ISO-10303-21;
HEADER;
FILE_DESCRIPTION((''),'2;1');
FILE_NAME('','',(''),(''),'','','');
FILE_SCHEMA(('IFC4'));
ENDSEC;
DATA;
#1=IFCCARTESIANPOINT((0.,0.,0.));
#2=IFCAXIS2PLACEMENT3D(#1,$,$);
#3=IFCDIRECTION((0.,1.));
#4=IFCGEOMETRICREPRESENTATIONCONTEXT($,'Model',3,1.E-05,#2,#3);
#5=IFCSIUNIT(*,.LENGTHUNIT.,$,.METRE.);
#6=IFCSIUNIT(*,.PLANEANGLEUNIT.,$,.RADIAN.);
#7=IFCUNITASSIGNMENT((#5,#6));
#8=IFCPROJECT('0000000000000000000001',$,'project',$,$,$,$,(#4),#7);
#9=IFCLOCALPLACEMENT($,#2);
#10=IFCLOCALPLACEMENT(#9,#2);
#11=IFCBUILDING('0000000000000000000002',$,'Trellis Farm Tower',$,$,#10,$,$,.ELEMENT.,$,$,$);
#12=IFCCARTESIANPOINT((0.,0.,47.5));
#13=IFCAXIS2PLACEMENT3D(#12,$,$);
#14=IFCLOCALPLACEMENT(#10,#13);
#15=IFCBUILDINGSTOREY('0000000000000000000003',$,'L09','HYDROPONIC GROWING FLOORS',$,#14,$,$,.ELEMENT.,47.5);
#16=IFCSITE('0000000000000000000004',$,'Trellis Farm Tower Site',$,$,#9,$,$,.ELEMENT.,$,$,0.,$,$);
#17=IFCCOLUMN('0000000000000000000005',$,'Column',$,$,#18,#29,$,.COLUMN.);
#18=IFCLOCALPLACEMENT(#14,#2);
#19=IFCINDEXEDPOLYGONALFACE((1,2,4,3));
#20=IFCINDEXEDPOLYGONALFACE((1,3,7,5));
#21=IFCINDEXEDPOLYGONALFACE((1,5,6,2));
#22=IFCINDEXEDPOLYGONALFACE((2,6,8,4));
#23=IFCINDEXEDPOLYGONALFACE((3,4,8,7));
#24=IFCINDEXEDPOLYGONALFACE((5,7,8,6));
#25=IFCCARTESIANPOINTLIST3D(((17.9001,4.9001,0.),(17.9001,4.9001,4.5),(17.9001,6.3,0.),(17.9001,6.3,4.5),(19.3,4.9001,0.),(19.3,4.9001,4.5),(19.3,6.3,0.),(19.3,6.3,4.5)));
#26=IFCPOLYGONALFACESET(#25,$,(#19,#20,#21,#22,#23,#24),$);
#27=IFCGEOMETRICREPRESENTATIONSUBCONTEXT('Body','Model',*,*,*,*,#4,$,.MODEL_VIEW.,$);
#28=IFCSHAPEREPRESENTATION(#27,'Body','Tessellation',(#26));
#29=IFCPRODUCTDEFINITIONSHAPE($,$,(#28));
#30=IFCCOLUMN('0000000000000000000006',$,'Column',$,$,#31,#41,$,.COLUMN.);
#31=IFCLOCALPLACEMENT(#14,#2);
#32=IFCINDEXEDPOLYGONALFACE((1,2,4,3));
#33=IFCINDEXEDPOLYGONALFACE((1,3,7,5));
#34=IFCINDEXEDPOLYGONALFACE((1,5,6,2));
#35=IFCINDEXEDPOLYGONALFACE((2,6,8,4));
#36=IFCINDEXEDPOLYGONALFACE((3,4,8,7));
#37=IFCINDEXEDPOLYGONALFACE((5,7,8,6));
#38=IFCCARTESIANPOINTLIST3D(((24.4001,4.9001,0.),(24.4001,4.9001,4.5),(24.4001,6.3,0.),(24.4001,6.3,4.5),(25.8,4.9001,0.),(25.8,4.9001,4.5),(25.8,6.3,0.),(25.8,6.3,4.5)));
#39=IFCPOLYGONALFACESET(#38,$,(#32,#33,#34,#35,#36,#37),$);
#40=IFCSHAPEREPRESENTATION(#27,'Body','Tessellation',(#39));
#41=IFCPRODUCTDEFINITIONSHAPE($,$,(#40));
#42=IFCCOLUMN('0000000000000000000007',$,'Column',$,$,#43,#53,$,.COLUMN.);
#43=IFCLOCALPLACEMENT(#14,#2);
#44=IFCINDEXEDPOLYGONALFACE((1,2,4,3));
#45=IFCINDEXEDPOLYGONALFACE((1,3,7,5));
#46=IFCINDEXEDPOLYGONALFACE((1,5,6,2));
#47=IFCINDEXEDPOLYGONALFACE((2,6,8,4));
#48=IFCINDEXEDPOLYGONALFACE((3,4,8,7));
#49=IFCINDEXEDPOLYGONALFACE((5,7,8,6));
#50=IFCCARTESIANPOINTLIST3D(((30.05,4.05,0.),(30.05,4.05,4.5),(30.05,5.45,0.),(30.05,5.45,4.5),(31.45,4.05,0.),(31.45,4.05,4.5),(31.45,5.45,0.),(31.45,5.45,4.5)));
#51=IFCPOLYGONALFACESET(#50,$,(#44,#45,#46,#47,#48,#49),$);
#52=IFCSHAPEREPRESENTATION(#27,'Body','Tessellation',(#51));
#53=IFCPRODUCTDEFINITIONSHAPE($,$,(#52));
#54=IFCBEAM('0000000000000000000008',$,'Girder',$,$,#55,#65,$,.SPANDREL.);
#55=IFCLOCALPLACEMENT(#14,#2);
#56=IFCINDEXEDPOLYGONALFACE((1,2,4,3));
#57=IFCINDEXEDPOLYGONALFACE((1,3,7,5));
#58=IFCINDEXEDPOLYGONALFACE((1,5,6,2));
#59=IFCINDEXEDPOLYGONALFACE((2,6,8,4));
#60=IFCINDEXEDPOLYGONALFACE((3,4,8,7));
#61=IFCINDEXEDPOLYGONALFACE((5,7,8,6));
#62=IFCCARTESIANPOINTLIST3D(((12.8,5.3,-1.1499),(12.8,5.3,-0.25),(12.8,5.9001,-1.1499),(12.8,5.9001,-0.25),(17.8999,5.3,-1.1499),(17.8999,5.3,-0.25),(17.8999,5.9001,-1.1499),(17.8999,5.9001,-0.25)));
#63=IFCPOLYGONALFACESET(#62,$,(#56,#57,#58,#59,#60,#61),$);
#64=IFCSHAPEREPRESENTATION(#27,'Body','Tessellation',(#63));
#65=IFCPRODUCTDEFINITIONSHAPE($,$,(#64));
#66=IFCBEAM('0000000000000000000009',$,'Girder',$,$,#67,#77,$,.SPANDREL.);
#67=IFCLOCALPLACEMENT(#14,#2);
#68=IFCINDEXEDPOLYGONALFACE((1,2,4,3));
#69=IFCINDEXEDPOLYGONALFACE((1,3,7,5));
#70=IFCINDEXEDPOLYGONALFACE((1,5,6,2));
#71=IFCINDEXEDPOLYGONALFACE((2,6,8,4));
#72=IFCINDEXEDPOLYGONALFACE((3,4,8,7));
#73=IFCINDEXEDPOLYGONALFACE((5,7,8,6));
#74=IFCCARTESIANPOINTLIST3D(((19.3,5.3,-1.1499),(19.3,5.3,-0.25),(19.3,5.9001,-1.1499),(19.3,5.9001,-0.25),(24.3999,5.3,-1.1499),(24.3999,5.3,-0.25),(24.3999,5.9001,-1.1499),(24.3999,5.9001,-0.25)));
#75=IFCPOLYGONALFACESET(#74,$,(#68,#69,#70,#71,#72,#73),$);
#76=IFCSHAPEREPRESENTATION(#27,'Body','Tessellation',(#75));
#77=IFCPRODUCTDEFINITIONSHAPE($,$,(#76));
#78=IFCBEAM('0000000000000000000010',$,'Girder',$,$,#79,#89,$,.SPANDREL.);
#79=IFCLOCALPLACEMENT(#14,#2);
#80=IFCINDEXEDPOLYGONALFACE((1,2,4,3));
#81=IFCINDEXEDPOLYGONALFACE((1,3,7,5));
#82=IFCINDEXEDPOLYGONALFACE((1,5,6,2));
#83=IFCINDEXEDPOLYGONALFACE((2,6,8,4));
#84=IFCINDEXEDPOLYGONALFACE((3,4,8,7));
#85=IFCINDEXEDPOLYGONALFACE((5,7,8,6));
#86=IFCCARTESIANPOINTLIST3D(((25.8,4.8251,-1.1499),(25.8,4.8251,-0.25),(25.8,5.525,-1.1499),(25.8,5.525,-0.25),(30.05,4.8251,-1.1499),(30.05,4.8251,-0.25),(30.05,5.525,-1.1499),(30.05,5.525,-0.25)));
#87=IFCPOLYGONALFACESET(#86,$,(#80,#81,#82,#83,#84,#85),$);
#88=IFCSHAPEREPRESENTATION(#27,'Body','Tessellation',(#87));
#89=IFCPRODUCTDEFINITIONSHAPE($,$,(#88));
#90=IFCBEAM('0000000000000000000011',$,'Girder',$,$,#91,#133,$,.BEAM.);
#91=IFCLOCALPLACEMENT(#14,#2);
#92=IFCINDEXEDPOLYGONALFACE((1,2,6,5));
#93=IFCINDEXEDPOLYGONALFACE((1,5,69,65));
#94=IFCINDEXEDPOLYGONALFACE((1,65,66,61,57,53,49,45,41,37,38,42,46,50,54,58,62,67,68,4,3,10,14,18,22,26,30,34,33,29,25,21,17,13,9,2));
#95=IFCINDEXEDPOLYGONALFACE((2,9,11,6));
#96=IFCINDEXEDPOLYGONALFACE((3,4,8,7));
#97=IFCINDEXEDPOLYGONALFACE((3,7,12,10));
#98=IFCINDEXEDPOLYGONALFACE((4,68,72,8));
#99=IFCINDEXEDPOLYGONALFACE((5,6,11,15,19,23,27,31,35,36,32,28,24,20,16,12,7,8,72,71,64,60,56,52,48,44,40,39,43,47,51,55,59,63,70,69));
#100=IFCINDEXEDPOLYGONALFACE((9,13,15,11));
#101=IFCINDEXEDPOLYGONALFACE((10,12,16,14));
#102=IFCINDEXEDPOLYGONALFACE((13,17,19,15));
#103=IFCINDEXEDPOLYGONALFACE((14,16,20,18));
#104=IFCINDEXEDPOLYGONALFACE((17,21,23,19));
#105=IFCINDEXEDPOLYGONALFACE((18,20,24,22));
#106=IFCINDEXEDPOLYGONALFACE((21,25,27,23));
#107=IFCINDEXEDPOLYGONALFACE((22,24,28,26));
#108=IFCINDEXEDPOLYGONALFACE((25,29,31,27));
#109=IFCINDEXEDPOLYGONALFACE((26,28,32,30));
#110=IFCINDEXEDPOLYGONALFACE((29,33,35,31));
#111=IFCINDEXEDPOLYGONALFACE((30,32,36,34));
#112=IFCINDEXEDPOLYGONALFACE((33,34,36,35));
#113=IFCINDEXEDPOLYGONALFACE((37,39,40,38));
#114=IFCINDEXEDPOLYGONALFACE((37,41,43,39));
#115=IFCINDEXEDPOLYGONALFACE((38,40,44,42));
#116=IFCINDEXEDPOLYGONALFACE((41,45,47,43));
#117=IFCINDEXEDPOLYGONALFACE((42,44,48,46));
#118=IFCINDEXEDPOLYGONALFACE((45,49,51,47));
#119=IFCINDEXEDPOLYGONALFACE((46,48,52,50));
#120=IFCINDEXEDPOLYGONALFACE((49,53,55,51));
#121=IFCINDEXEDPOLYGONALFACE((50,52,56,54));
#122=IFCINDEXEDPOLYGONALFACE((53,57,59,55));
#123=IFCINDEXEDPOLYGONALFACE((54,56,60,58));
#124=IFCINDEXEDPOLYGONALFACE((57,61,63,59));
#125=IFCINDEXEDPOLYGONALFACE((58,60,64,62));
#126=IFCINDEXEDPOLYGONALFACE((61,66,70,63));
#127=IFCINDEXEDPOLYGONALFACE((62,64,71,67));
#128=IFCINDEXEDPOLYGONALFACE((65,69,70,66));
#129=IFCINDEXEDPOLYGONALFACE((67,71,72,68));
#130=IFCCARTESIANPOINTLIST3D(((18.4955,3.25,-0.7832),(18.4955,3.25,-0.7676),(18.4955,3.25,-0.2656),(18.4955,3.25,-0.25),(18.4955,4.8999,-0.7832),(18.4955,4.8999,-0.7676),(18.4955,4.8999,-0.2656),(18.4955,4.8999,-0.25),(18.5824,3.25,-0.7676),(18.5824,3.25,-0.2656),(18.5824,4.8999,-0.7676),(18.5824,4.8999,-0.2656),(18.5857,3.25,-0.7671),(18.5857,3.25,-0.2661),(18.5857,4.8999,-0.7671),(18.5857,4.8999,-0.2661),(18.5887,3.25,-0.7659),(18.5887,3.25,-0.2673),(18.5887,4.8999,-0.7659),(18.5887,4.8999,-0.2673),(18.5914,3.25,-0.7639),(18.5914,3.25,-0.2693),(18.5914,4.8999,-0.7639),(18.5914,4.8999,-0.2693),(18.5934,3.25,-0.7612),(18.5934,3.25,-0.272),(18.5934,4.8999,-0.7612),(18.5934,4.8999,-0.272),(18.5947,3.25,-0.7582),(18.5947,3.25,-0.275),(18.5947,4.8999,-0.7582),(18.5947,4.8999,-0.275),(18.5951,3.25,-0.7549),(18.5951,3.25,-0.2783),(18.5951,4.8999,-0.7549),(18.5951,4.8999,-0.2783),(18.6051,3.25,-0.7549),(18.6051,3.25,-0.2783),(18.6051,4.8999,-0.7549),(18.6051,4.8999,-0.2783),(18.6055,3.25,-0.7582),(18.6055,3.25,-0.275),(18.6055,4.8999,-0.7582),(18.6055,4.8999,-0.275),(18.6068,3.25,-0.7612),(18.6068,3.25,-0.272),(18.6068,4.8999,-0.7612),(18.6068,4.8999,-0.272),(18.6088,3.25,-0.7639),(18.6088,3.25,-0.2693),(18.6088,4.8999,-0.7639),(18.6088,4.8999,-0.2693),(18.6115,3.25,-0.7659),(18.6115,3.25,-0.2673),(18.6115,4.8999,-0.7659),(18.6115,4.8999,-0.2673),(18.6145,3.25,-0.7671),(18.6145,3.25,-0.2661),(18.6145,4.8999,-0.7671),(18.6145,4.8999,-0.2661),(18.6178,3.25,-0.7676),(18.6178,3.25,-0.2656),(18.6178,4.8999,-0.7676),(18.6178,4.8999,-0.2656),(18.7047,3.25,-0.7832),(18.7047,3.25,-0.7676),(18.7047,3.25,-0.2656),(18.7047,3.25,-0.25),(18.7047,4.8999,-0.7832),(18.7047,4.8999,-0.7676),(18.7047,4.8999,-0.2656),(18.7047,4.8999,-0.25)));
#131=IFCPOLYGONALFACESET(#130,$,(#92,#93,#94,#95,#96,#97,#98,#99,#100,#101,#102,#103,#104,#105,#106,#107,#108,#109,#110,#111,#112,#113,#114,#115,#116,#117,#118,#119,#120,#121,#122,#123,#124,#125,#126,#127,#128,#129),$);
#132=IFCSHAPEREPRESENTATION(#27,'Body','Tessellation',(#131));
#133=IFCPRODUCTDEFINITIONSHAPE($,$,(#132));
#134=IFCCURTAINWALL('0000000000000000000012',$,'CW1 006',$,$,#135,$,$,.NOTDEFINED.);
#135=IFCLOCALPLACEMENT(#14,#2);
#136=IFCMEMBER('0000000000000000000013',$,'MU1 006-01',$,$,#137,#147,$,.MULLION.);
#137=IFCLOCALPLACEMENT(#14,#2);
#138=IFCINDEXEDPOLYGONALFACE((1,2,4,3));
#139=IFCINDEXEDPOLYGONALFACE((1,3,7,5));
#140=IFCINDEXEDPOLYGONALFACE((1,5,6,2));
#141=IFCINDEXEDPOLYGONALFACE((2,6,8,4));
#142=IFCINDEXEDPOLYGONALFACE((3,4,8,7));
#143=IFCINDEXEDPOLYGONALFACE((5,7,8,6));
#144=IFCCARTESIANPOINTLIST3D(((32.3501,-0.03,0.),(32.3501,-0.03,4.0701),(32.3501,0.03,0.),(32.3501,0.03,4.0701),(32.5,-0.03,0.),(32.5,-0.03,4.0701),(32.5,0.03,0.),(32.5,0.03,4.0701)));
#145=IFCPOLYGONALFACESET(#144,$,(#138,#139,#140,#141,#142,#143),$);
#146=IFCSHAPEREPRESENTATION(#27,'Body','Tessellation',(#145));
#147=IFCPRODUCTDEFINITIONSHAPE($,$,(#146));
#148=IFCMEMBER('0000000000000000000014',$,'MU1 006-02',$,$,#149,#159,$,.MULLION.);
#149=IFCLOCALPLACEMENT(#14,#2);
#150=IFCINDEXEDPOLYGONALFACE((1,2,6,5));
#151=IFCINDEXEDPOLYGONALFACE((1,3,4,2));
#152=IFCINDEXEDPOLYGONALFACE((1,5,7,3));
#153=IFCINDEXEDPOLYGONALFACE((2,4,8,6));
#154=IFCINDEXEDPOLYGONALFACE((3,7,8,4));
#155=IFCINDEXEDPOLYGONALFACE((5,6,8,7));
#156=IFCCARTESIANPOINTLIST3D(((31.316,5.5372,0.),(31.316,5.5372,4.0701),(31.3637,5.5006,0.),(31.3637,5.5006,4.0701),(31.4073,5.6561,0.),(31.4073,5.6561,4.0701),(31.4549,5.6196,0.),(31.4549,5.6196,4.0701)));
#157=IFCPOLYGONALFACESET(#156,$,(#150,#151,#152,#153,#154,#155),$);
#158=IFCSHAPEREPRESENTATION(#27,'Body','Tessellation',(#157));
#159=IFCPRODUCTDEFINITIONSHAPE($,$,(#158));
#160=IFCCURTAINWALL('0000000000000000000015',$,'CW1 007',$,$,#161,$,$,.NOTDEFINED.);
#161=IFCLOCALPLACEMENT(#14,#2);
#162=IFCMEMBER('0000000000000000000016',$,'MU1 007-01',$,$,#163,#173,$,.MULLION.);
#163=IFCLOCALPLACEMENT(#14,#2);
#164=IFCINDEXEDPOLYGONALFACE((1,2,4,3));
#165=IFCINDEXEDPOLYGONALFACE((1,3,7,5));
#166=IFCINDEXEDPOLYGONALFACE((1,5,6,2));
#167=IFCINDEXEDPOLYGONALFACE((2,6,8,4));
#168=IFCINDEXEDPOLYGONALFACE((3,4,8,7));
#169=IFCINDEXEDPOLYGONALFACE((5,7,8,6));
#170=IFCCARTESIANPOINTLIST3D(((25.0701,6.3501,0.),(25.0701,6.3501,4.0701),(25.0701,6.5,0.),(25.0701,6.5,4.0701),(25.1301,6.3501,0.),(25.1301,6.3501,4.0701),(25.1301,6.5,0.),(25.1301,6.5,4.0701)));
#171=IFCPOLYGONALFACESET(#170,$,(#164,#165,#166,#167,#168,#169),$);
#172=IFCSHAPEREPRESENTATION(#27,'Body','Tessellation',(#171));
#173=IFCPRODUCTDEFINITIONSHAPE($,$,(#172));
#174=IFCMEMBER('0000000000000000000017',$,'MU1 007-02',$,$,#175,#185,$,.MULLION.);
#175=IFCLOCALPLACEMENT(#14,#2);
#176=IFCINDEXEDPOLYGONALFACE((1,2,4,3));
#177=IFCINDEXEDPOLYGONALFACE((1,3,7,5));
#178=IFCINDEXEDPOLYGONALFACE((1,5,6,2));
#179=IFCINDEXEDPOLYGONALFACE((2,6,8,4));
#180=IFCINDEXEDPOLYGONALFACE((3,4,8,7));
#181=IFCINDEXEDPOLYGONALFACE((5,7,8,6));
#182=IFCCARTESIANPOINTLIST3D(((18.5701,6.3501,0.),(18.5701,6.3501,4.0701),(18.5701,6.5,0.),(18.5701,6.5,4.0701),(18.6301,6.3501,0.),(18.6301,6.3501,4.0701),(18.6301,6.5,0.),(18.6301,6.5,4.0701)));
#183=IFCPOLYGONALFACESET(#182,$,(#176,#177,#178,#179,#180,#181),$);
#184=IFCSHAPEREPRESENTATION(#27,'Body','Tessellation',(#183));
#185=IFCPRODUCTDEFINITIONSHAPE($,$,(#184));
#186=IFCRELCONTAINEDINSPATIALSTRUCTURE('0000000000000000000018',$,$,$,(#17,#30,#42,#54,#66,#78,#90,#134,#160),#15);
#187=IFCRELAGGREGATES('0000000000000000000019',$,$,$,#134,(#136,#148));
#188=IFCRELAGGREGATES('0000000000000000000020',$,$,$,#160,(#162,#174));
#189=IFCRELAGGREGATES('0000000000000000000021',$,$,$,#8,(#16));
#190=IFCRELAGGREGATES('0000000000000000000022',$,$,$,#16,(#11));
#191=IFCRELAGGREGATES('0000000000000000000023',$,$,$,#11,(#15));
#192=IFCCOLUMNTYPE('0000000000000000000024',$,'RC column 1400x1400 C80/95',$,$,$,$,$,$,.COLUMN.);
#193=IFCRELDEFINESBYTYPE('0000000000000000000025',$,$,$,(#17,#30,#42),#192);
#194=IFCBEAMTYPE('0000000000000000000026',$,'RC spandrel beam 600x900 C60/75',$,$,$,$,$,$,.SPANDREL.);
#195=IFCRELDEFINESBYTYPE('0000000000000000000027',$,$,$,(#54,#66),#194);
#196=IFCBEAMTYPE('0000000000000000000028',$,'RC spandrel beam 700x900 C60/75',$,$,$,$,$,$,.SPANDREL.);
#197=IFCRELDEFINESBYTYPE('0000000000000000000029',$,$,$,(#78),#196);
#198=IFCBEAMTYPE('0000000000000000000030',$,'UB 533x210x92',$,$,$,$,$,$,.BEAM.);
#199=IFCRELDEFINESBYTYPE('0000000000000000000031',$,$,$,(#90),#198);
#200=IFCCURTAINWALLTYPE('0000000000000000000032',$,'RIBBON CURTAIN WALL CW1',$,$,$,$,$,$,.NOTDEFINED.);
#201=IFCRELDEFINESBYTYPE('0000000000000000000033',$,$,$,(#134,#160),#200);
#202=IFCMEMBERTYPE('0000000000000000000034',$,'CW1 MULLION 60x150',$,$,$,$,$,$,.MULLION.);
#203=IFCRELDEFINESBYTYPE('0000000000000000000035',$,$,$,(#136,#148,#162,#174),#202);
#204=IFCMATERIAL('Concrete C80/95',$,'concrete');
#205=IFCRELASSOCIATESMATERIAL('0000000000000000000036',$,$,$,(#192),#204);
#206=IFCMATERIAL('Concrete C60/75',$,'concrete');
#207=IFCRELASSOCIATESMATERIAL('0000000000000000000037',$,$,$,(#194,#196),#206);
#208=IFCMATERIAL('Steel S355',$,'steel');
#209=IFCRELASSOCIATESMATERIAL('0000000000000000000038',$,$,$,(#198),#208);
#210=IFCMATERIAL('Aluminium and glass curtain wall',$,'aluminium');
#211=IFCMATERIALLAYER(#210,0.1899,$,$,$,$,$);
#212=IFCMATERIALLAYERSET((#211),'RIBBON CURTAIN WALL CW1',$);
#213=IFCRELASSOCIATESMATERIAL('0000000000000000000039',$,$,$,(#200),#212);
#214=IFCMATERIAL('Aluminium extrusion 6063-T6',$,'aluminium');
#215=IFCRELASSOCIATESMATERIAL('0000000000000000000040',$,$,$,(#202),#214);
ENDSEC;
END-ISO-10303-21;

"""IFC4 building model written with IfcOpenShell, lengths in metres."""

from ifc_helpers import new_model, si_unit, direction, frame, origin, origin_2d, place, context, subcontext, project, spatial, rectangle, i_section, extrude, source, transform, mapped, material, layer, layer_set, material_profile, profile_set, type_object, element, aggregate, save


model = new_model("IFC4")

# Units and contexts
model_context = context("Model", 3, precision=1e-05, world=origin(), true_north=direction((0.0, 1.0)))
body_context = subcontext(model_context, "Body", "Model", "MODEL_VIEW")
ifc_project = project(units=[si_unit("LENGTHUNIT", "METRE"), si_unit("PLANEANGLEUNIT", "RADIAN")], contexts=[model_context])

# Site, building, storey
site_placement = place(None, origin())
site = spatial("IfcSite", under=ifc_project, at=site_placement, Name="Trellis Farm Tower Site", CompositionType="ELEMENT", RefElevation=0.0)
building_placement = place(site_placement, origin())
building = spatial("IfcBuilding", under=site, at=building_placement, Name="Trellis Farm Tower", CompositionType="ELEMENT")
storey_placement = place(building_placement, frame((0.0, 0.0, 47.5)))
storey = spatial("IfcBuildingStorey", under=building, at=storey_placement, Name="L09", Description="HYDROPONIC GROWING FLOORS", CompositionType="ELEMENT", Elevation=47.5)

# Columns
ifc_material_1 = material(Name="Concrete C80/95", Category="concrete")
ifc_material_profile_1 = material_profile(ifc_material_1, rectangle(XDim=1.3999, YDim=1.3999, at=origin_2d()), Name="RC column 1400x1400 C80/95")
ifc_profile_set_1 = profile_set([ifc_material_profile_1], Name="Concrete C80/95")
column_type = type_object("IfcColumnType", Name="RC column 1400x1400 C80/95", PredefinedType="COLUMN", material=ifc_profile_set_1)
shared_shape_1 = source(origin(), body_context, "Body", "SweptSolid", [
    extrude(rectangle(XDim=1.3999, YDim=1.3999, at=origin_2d()), origin(), (0.0, 0.0, 1.0), 4.5),
])
for number, where, z_axis, x_axis, name in (
    (1, (18.6001, 5.6001, 0.0), (0.0, 0.0, 1.0), (1.0, 0.0, 0.0), "Column"),
    (2, (25.1001, 5.6001, 0.0), (0.0, 0.0, 1.0), (1.0, 0.0, 0.0), "Column"),
    (3, (30.75, 4.75, 0.0), (0.0, 0.0, 1.0), (1.0, 0.0, 0.0), "Column"),
):
    element("IfcColumn", number, at=place(storey_placement, frame(where, z_axis=z_axis, x_axis=x_axis)), inside=storey, type_object=column_type, Name=name, PredefinedType="COLUMN", context=body_context, shape_type="MappedRepresentation", body=[
        mapped(shared_shape_1, transform((0.0, 0.0, 0.0))),
    ])

# Beams
ifc_material_2 = material(Name="Concrete C60/75", Category="concrete")
ifc_material_profile_2 = material_profile(ifc_material_2, rectangle(XDim=0.6001, YDim=0.8999, at=origin_2d()), Name="RC spandrel beam 600x900 C60/75")
ifc_profile_set_2 = profile_set([ifc_material_profile_2], Name="Concrete C60/75")
beam_type_1 = type_object("IfcBeamType", Name="RC spandrel beam 600x900 C60/75", PredefinedType="SPANDREL", material=ifc_profile_set_2)
shared_shape_2 = source(origin(), body_context, "Body", "SweptSolid", [
    extrude(rectangle(XDim=0.6001, YDim=0.8999, at=origin_2d()), origin(), (0.0, 0.0, 1.0), 5.0999),
])
for number, where, z_axis, x_axis, name in (
    (4, (12.8, 5.6001, -0.7), (1.0, 0.0, 0.0), (0.0, 1.0, 0.0), "Girder"),
    (5, (19.3, 5.6001, -0.7), (1.0, 0.0, 0.0), (0.0, 1.0, 0.0), "Girder"),
):
    element("IfcBeam", number, at=place(storey_placement, frame(where, z_axis=z_axis, x_axis=x_axis)), inside=storey, type_object=beam_type_1, Name=name, PredefinedType="SPANDREL", context=body_context, shape_type="MappedRepresentation", body=[
        mapped(shared_shape_2, transform((0.0, 0.0, 0.0))),
    ])
ifc_material_profile_3 = material_profile(ifc_material_2, rectangle(XDim=0.7, YDim=0.8999, at=origin_2d()), Name="RC spandrel beam 700x900 C60/75")
ifc_profile_set_3 = profile_set([ifc_material_profile_3], Name="Concrete C60/75")
beam_type_2 = type_object("IfcBeamType", Name="RC spandrel beam 700x900 C60/75", PredefinedType="SPANDREL", material=ifc_profile_set_3)
shared_shape_3 = source(origin(), body_context, "Body", "SweptSolid", [
    extrude(rectangle(XDim=0.7, YDim=0.8999, at=origin_2d()), origin(), (0.0, 0.0, 1.0), 4.25),
])
beam_1_placement = place(storey_placement, frame((25.8, 5.175, -0.7), z_axis=(1.0, 0.0, 0.0), x_axis=(0.0, 1.0, 0.0)))
element("IfcBeam", 6, at=beam_1_placement, inside=storey, type_object=beam_type_2, Name="Girder", PredefinedType="SPANDREL", context=body_context, shape_type="MappedRepresentation", body=[
    mapped(shared_shape_3, transform((0.0, 0.0, 0.0))),
])
ifc_material_3 = material(Name="Steel S355", Category="steel")
ifc_material_profile_4 = material_profile(ifc_material_3, i_section(OverallWidth=0.2092, OverallDepth=0.5332, WebThickness=0.01, FlangeThickness=0.0156, FilletRadius=0.0127, at=origin_2d()), Name="UB 533x210x92")
ifc_profile_set_4 = profile_set([ifc_material_profile_4], Name="Steel S355")
beam_type_3 = type_object("IfcBeamType", Name="UB 533x210x92", PredefinedType="BEAM", material=ifc_profile_set_4)
shared_shape_4 = source(origin(), body_context, "Body", "SweptSolid", [
    extrude(i_section(OverallWidth=0.2092, OverallDepth=0.5332, WebThickness=0.01, FlangeThickness=0.0156, FilletRadius=0.0127, at=origin_2d()), origin(), (0.0, 0.0, 1.0), 1.6499),
])
beam_2_placement = place(storey_placement, frame((18.6001, 3.25, -0.5166), z_axis=(0.0, 1.0, 0.0), x_axis=(-1.0, 0.0, 0.0)))
element("IfcBeam", 7, at=beam_2_placement, inside=storey, type_object=beam_type_3, Name="Girder", PredefinedType="BEAM", context=body_context, shape_type="MappedRepresentation", body=[
    mapped(shared_shape_4, transform((0.0, 0.0, 0.0))),
])

# Curtain walls, members
ifc_material_4 = material(Name="Aluminium and glass curtain wall", Category="aluminium")
ifc_layer_1 = layer(ifc_material_4, 0.1899)
ifc_layer_set_1 = layer_set([ifc_layer_1], Name="RIBBON CURTAIN WALL CW1")
curtain_wall_type = type_object("IfcCurtainWallType", Name="RIBBON CURTAIN WALL CW1", PredefinedType="NOTDEFINED", material=ifc_layer_set_1)
placement = place(storey_placement, origin())
curtain_wall_1 = element("IfcCurtainWall", 8, at=placement, inside=storey, type_object=curtain_wall_type, Name="CW1 006", PredefinedType="NOTDEFINED")
ifc_material_5 = material(Name="Aluminium extrusion 6063-T6", Category="aluminium")
ifc_material_profile_5 = material_profile(ifc_material_5, rectangle(XDim=0.0601, YDim=0.1499, at=origin_2d()), Name="MULLION 60x150")
ifc_profile_set_5 = profile_set([ifc_material_profile_5], Name="Aluminium extrusion 6063-T6")
member_type = type_object("IfcMemberType", Name="CW1 MULLION 60x150", PredefinedType="MULLION", material=ifc_profile_set_5)
shared_shape_5 = source(origin(), body_context, "Body", "SweptSolid", [
    extrude(rectangle(XDim=0.0601, YDim=0.1499, at=origin_2d()), origin(), (0.0, 0.0, 1.0), 4.0701),
])
member_1_placement = place(storey_placement, frame((32.425, 0.0, 0.0), z_axis=(0.0, 0.0, 1.0), x_axis=(0.0, 1.0, 0.0)))
member_1 = element("IfcMember", 9, at=member_1_placement, type_object=member_type, Name="MU1 006-01", PredefinedType="MULLION", context=body_context, shape_type="MappedRepresentation", body=[
    mapped(shared_shape_5, transform((0.0, 0.0, 0.0))),
])
member_2_placement = place(storey_placement, frame((31.3855, 5.5784, 0.0), z_axis=(0.0, 0.0, 1.0), x_axis=(-0.793353, 0.608761, 0.0)))
member_2 = element("IfcMember", 10, at=member_2_placement, type_object=member_type, Name="MU1 006-02", PredefinedType="MULLION", context=body_context, shape_type="MappedRepresentation", body=[
    mapped(shared_shape_5, transform((0.0, 0.0, 0.0))),
])
aggregate(curtain_wall_1, [member_1, member_2])
curtain_wall_2 = element("IfcCurtainWall", 11, at=placement, inside=storey, type_object=curtain_wall_type, Name="CW1 007", PredefinedType="NOTDEFINED")
member_3_placement = place(storey_placement, frame((25.1001, 6.425, 0.0), z_axis=(0.0, 0.0, 1.0), x_axis=(-1.0, 0.0, 0.0)))
member_3 = element("IfcMember", 12, at=member_3_placement, type_object=member_type, Name="MU1 007-01", PredefinedType="MULLION", context=body_context, shape_type="MappedRepresentation", body=[
    mapped(shared_shape_5, transform((0.0, 0.0, 0.0))),
])
member_4_placement = place(storey_placement, frame((18.6001, 6.425, 0.0), z_axis=(0.0, 0.0, 1.0), x_axis=(-1.0, 0.0, 0.0)))
member_4 = element("IfcMember", 13, at=member_4_placement, type_object=member_type, Name="MU1 007-02", PredefinedType="MULLION", context=body_context, shape_type="MappedRepresentation", body=[
    mapped(shared_shape_5, transform((0.0, 0.0, 0.0))),
])
aggregate(curtain_wall_2, [member_3, member_4])

save(model, "model.ifc")
